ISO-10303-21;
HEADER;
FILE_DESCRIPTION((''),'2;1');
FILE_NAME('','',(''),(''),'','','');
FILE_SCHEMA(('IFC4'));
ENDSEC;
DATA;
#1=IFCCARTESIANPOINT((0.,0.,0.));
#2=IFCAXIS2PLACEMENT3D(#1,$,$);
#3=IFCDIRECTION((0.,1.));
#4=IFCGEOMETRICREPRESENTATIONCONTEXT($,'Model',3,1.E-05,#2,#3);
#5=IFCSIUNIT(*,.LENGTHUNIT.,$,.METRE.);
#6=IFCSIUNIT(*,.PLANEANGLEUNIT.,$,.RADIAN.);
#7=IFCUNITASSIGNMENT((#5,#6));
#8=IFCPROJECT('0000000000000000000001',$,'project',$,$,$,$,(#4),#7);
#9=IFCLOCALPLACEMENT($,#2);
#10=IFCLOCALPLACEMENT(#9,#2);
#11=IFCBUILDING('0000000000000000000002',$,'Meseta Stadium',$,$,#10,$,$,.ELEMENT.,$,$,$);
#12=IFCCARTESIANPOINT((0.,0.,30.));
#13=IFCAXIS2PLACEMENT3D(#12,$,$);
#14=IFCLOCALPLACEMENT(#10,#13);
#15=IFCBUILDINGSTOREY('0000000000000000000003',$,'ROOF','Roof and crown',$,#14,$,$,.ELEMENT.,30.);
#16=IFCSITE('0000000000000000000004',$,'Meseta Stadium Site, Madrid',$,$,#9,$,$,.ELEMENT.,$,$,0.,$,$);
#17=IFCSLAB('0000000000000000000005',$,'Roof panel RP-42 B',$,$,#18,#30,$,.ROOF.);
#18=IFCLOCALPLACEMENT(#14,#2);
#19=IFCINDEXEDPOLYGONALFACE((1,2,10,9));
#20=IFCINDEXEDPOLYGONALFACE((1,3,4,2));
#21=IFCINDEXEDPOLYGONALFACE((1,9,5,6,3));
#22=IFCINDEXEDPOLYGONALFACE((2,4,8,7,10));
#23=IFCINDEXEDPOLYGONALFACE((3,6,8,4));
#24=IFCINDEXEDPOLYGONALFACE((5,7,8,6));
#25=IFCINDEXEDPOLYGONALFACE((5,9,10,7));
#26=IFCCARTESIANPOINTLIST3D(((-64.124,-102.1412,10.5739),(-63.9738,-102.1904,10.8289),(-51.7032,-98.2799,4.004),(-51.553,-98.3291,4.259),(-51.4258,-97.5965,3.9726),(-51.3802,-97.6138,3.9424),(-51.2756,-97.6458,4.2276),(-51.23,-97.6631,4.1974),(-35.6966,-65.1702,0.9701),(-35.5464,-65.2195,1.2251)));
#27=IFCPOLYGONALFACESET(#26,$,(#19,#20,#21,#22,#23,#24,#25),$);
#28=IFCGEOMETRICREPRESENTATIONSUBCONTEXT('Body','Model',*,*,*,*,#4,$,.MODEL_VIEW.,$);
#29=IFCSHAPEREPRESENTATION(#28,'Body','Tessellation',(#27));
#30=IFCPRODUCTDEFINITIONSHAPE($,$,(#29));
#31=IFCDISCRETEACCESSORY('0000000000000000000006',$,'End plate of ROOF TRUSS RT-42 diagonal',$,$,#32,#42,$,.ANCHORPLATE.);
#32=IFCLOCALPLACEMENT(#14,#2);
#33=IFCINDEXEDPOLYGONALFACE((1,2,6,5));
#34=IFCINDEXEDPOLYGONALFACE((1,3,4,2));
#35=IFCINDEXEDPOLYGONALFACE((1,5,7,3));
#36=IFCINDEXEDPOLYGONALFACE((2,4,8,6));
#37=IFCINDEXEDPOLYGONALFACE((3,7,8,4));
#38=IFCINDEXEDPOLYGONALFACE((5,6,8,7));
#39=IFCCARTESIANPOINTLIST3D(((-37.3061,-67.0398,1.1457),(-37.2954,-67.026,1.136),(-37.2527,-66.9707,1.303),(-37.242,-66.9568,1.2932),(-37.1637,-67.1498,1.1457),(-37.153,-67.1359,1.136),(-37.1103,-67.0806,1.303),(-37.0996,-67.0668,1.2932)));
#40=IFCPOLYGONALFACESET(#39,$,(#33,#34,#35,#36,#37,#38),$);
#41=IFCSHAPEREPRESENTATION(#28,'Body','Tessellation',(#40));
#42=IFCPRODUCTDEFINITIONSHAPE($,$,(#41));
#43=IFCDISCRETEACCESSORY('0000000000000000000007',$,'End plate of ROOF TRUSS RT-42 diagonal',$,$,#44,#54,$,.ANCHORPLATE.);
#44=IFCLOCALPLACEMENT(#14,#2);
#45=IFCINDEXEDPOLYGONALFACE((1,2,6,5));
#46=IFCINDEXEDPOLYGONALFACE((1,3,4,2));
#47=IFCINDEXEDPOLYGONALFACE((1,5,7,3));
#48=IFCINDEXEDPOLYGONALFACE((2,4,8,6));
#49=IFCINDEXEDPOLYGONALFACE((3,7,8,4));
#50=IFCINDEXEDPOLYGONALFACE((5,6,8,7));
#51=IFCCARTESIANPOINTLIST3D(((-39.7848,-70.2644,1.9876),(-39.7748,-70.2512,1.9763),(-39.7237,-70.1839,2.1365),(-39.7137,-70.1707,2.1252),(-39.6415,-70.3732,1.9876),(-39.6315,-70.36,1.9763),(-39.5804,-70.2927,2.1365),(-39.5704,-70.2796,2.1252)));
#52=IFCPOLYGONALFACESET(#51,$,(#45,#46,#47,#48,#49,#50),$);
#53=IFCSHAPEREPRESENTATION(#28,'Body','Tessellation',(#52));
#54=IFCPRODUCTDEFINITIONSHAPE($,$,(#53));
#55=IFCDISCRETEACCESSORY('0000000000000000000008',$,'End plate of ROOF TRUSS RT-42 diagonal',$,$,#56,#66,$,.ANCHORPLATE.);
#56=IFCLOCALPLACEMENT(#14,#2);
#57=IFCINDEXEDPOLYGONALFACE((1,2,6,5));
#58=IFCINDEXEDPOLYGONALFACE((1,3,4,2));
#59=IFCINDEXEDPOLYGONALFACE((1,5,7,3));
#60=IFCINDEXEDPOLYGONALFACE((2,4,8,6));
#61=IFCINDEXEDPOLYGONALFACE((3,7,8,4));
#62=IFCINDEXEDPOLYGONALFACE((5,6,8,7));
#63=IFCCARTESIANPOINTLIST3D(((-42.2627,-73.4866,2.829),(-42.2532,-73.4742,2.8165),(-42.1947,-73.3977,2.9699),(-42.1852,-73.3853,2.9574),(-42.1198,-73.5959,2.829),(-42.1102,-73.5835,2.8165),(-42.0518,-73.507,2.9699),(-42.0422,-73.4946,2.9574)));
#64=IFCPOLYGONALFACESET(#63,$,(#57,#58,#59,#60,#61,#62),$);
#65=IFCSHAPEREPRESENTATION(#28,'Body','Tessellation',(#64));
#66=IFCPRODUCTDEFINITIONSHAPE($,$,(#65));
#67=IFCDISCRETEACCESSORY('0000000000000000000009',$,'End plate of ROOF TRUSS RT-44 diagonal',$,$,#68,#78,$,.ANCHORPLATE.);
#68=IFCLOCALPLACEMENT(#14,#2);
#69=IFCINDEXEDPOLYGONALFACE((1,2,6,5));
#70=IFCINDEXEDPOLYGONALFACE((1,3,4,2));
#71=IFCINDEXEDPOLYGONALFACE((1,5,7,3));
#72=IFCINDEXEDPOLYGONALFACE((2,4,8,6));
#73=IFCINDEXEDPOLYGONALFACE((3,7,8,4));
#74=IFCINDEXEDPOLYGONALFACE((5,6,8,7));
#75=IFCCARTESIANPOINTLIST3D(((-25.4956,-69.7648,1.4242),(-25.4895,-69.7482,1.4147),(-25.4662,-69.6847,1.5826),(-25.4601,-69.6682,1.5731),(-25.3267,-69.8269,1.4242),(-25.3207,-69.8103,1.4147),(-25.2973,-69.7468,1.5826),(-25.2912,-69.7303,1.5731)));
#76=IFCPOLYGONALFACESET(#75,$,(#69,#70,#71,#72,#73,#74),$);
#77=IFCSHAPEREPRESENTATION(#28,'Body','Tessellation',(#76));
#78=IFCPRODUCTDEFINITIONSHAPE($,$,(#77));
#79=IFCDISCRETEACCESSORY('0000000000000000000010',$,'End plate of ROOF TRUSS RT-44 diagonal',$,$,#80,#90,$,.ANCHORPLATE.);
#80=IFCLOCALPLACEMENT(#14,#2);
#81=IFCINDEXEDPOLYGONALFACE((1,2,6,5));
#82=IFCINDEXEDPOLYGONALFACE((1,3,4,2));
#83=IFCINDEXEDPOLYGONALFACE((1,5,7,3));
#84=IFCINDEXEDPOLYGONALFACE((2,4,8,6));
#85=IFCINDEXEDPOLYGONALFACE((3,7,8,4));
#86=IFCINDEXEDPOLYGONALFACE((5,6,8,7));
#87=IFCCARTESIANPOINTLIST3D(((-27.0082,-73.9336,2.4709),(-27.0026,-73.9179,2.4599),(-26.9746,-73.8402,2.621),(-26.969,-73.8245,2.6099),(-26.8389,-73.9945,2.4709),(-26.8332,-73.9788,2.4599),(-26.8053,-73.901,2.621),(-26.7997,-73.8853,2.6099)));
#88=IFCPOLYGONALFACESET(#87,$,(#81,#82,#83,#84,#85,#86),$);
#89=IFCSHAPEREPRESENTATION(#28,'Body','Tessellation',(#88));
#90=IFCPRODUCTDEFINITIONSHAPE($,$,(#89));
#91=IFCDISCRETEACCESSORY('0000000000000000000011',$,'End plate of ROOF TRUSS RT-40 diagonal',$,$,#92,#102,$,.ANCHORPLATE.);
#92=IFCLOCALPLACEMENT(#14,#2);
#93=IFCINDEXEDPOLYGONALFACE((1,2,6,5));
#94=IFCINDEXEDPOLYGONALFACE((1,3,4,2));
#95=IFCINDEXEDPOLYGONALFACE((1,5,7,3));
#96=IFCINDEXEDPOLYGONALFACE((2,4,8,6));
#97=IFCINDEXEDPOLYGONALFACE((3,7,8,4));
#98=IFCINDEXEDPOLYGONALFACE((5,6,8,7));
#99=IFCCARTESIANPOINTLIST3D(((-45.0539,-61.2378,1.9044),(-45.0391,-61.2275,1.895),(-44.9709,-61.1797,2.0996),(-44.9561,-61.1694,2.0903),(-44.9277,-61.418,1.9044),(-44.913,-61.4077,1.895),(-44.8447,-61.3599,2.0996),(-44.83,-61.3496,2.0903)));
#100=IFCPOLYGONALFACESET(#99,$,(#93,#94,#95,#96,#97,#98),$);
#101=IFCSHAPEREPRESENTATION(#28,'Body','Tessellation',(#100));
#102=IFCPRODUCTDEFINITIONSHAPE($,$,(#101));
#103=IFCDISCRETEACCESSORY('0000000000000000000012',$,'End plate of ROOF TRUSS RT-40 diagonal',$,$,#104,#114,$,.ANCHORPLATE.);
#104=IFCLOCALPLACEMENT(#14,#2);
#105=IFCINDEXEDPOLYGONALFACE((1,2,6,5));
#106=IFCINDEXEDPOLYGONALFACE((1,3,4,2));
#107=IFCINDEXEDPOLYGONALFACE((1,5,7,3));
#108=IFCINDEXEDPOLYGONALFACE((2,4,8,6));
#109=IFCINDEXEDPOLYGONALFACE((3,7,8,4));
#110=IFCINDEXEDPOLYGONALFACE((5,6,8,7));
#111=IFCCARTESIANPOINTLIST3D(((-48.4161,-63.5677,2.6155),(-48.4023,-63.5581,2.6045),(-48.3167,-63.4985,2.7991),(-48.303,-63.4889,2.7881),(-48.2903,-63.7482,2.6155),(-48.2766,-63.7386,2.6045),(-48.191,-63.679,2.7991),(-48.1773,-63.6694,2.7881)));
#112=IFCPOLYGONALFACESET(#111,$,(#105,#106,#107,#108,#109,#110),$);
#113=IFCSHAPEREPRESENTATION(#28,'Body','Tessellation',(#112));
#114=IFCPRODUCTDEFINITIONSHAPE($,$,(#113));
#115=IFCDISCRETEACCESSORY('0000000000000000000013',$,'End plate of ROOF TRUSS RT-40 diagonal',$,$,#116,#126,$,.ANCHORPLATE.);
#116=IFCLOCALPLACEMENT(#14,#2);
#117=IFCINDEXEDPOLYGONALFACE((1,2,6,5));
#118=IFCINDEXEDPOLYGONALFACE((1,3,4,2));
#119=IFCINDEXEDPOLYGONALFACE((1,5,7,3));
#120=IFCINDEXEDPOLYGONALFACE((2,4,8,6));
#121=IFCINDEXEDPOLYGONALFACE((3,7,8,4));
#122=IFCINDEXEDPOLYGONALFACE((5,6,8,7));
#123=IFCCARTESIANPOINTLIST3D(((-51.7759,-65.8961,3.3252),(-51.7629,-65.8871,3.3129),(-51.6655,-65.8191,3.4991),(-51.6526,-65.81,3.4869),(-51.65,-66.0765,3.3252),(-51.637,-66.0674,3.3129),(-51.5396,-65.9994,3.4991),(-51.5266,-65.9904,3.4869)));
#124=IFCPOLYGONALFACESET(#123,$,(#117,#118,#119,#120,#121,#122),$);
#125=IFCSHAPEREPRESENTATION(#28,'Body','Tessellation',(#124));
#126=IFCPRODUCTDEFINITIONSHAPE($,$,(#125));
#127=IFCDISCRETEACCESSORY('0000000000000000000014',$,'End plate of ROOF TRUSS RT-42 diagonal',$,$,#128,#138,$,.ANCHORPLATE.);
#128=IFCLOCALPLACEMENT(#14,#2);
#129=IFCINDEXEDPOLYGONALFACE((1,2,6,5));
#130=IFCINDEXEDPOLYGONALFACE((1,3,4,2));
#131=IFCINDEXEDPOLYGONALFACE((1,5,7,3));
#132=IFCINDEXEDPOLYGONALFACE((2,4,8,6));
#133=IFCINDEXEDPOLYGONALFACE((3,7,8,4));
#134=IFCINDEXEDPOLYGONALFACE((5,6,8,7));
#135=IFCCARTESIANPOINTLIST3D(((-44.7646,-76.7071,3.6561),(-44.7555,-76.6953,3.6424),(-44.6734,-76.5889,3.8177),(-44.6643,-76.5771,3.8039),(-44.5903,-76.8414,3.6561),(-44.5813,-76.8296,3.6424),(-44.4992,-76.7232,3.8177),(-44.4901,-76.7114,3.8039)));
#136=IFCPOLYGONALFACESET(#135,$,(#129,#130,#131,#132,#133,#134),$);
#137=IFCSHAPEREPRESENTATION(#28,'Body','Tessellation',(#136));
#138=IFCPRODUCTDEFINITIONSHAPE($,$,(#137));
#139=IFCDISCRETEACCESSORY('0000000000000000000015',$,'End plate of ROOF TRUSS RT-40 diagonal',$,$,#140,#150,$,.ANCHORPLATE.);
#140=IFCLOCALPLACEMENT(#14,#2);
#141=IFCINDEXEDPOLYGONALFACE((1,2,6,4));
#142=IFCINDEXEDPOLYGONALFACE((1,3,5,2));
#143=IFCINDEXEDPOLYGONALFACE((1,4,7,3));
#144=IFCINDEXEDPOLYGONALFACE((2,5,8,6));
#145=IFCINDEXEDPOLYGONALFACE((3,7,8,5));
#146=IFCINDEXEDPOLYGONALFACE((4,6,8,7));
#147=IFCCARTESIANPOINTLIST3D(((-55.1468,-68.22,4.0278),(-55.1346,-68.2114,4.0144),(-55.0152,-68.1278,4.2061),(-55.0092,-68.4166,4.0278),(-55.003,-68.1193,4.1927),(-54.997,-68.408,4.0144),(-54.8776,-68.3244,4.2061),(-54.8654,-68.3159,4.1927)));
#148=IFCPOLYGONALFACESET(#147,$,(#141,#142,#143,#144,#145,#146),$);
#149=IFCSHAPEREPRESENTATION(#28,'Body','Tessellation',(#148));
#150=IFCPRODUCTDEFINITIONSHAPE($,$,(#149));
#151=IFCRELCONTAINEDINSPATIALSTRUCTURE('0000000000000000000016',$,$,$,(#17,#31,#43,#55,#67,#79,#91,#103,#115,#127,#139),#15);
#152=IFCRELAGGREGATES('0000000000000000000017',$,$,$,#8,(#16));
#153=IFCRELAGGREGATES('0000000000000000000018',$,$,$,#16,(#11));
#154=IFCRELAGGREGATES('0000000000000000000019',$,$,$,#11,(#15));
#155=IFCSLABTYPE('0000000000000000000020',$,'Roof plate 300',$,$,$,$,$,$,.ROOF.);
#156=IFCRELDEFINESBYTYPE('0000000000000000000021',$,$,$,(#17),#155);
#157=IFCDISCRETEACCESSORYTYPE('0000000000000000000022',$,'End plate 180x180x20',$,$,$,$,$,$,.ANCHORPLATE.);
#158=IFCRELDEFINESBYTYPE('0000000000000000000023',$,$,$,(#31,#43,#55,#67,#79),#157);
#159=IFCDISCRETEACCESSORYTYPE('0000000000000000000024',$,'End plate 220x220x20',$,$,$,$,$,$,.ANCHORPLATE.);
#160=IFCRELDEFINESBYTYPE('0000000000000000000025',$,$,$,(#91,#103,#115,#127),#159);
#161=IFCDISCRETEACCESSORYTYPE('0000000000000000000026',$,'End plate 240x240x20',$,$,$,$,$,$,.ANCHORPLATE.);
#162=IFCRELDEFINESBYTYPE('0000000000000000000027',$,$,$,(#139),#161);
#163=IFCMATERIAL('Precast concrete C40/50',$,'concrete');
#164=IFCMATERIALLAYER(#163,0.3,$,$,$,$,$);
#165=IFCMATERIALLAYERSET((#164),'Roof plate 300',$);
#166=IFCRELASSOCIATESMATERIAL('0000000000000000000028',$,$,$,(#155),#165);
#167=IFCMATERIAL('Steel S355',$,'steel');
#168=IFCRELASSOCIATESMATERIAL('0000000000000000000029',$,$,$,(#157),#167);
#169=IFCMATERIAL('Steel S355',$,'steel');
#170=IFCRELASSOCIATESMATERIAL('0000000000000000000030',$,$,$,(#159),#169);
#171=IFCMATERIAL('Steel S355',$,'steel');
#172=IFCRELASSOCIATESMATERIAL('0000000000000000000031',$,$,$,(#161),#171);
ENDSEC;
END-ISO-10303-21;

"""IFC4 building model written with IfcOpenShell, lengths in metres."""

from ifc_helpers import new_model, si_unit, direction, frame, origin, origin_2d, place, context, subcontext, project, spatial, polyline, rectangle, outline, extrude, material, layer, layer_set, material_profile, profile_set, type_object, element, save


model = new_model("IFC4")

# Units and contexts
model_context = context("Model", 3, precision=1e-05, world=origin(), true_north=direction((0.0, 1.0)))
body_context = subcontext(model_context, "Body", "Model", "MODEL_VIEW")
ifc_project = project(units=[si_unit("LENGTHUNIT", "METRE"), si_unit("PLANEANGLEUNIT", "RADIAN")], contexts=[model_context])

# Site, building, storey
site_placement = place(None, origin())
site = spatial("IfcSite", under=ifc_project, at=site_placement, Name="Meseta Stadium Site, Madrid", CompositionType="ELEMENT", RefElevation=0.0)
building_placement = place(site_placement, origin())
building = spatial("IfcBuilding", under=site, at=building_placement, Name="Meseta Stadium", CompositionType="ELEMENT")
storey_placement = place(building_placement, frame((0.0, 0.0, 30.0)))
storey = spatial("IfcBuildingStorey", under=building, at=storey_placement, Name="ROOF", Description="Roof and crown", CompositionType="ELEMENT", Elevation=30.0)

# Slab
ifc_material_1 = material(Name="Precast concrete C40/50", Category="concrete")
ifc_layer = layer(ifc_material_1, 0.3)
ifc_layer_set = layer_set([ifc_layer], Name="Roof plate 300")
slab_type = type_object("IfcSlabType", Name="Roof plate 300", PredefinedType="ROOF", material=ifc_layer_set)
slab_1_placement = place(storey_placement, frame((-35.5464, -65.2195, 1.2251), z_axis=(0.500609, -0.16413, 0.849972), x_axis=(-0.597025, -0.776453, 0.201697)))
element("IfcSlab", 1, at=slab_1_placement, inside=storey, type_object=slab_type, Name="Roof panel RP-42 B", PredefinedType="ROOF", context=body_context, shape_type="SweptSolid", body=[
    extrude(outline(polyline([(0.0, 0.0), (47.6152, 0.0), (35.8763, 8.6343), (35.154, 8.4615), (35.1738, 8.4077), (0.0, 0.0)])), origin(), (0.0, 0.0, -1.0), 0.3),
])

# Discrete accessories
ifc_material_2 = material(Name="Steel S355", Category="steel")
ifc_material_profile_1 = material_profile(ifc_material_2, rectangle(XDim=0.1799, YDim=0.1799, at=origin_2d()), Name="PL 180x180")
ifc_profile_set_1 = profile_set([ifc_material_profile_1], Name="Steel S355")
discrete_accessory_type_1 = type_object("IfcDiscreteAccessoryType", Name="End plate 180x180x20", PredefinedType="ANCHORPLATE", material=ifc_profile_set_1)
for number, where, z_axis, x_axis, name in (
    (2, (-37.1975, -67.0464, 1.2146), (-0.534168, -0.69199, 0.485607), (0.79159, -0.611052, 0.0), "End plate of ROOF TRUSS RT-42 diagonal"),
    (3, (-39.6726, -70.2654, 2.0508), (-0.500409, -0.659076, 0.561435), (0.796446, -0.604709, 0.0), "End plate of ROOF TRUSS RT-42 diagonal"),
    (4, (-42.1477, -73.4844, 2.887), (-0.475645, -0.621997, 0.621997), (0.794358, -0.60745, 0.0), "End plate of ROOF TRUSS RT-42 diagonal"),
    (5, (-25.3904, -69.7393, 1.4939), (-0.303841, -0.826446, 0.473991), (0.938579, -0.345066, 0.0), "End plate of ROOF TRUSS RT-44 diagonal"),
    (6, (-26.9011, -73.9016, 2.5349), (-0.282044, -0.784818, 0.551825), (0.941075, -0.338199, 0.0), "End plate of ROOF TRUSS RT-44 diagonal"),
):
    element("IfcDiscreteAccessory", number, at=place(storey_placement, frame(where, z_axis=z_axis, x_axis=x_axis)), inside=storey, type_object=discrete_accessory_type_1, Name=name, PredefinedType="ANCHORPLATE", context=body_context, shape_type="SweptSolid", body=[
        extrude(rectangle(XDim=0.1799, YDim=0.1799, at=origin_2d()), origin(), (0.0, 0.0, 1.0), 0.02),
    ])
ifc_material_3 = material(Name="Steel S355", Category="steel")
ifc_material_profile_2 = material_profile(ifc_material_3, rectangle(XDim=0.22, YDim=0.22, at=origin_2d()), Name="PL 220x220")
ifc_profile_set_2 = profile_set([ifc_material_profile_2], Name="Steel S355")
discrete_accessory_type_2 = type_object("IfcDiscreteAccessoryType", Name="End plate 220x220x20", PredefinedType="ANCHORPLATE", material=ifc_profile_set_2)
discrete_accessory_1_placement = place(storey_placement, frame((-44.9346, -61.2886, 1.9927), z_axis=(-0.727179, -0.509025, 0.460547), x_axis=(0.573462, -0.819232, 0.0)))
element("IfcDiscreteAccessory", 7, at=discrete_accessory_1_placement, inside=storey, type_object=discrete_accessory_type_2, Name="End plate of ROOF TRUSS RT-40 diagonal", PredefinedType="ANCHORPLATE", context=body_context, shape_type="SweptSolid", body=[
    extrude(rectangle(XDim=0.22, YDim=0.22, at=origin_2d()), origin(), (0.0, 0.0, 1.0), 0.0203),
])
for number, where, z_axis, x_axis, name in (
    (8, (-48.2898, -63.6138, 2.6963), (-0.68507, -0.477102, 0.550502), (0.571494, -0.820606, 0.0), "End plate of ROOF TRUSS RT-40 diagonal"),
    (9, (-51.6448, -65.9387, 3.3999), (-0.648564, -0.452771, 0.611853), (0.572424, -0.819958, 0.0), "End plate of ROOF TRUSS RT-40 diagonal"),
):
    element("IfcDiscreteAccessory", number, at=place(storey_placement, frame(where, z_axis=z_axis, x_axis=x_axis)), inside=storey, type_object=discrete_accessory_type_2, Name=name, PredefinedType="ANCHORPLATE", context=body_context, shape_type="SweptSolid", body=[
        extrude(rectangle(XDim=0.22, YDim=0.22, at=origin_2d()), origin(), (0.0, 0.0, 1.0), 0.02),
    ])
discrete_accessory_2_placement = place(storey_placement, frame((-44.6228, -76.7034, 3.7231), z_axis=(-0.448394, -0.581701, 0.678651), x_axis=(0.79201, -0.610508, 0.0)))
element("IfcDiscreteAccessory", 10, at=discrete_accessory_2_placement, inside=storey, type_object=discrete_accessory_type_2, Name="End plate of ROOF TRUSS RT-42 diagonal", PredefinedType="ANCHORPLATE", context=body_context, shape_type="SweptSolid", body=[
    extrude(rectangle(XDim=0.22, YDim=0.22, at=origin_2d()), origin(), (0.0, 0.0, 1.0), 0.0203),
])
ifc_material_4 = material(Name="Steel S355", Category="steel")
ifc_material_profile_3 = material_profile(ifc_material_4, rectangle(XDim=0.24, YDim=0.24, at=origin_2d()), Name="PL 240x240")
ifc_profile_set_3 = profile_set([ifc_material_profile_3], Name="Steel S355")
discrete_accessory_type_3 = type_object("IfcDiscreteAccessoryType", Name="End plate 240x240x20", PredefinedType="ANCHORPLATE", material=ifc_profile_set_3)
discrete_accessory_3_placement = place(storey_placement, frame((-55.0, -68.2637, 4.1035), z_axis=(-0.608581, -0.426006, 0.669439), x_axis=(0.573462, -0.819232, 0.0)))
element("IfcDiscreteAccessory", 11, at=discrete_accessory_3_placement, inside=storey, type_object=discrete_accessory_type_3, Name="End plate of ROOF TRUSS RT-40 diagonal", PredefinedType="ANCHORPLATE", context=body_context, shape_type="SweptSolid", body=[
    extrude(rectangle(XDim=0.24, YDim=0.24, at=origin_2d()), origin(), (0.0, 0.0, 1.0), 0.02),
])

save(model, "model.ifc")
